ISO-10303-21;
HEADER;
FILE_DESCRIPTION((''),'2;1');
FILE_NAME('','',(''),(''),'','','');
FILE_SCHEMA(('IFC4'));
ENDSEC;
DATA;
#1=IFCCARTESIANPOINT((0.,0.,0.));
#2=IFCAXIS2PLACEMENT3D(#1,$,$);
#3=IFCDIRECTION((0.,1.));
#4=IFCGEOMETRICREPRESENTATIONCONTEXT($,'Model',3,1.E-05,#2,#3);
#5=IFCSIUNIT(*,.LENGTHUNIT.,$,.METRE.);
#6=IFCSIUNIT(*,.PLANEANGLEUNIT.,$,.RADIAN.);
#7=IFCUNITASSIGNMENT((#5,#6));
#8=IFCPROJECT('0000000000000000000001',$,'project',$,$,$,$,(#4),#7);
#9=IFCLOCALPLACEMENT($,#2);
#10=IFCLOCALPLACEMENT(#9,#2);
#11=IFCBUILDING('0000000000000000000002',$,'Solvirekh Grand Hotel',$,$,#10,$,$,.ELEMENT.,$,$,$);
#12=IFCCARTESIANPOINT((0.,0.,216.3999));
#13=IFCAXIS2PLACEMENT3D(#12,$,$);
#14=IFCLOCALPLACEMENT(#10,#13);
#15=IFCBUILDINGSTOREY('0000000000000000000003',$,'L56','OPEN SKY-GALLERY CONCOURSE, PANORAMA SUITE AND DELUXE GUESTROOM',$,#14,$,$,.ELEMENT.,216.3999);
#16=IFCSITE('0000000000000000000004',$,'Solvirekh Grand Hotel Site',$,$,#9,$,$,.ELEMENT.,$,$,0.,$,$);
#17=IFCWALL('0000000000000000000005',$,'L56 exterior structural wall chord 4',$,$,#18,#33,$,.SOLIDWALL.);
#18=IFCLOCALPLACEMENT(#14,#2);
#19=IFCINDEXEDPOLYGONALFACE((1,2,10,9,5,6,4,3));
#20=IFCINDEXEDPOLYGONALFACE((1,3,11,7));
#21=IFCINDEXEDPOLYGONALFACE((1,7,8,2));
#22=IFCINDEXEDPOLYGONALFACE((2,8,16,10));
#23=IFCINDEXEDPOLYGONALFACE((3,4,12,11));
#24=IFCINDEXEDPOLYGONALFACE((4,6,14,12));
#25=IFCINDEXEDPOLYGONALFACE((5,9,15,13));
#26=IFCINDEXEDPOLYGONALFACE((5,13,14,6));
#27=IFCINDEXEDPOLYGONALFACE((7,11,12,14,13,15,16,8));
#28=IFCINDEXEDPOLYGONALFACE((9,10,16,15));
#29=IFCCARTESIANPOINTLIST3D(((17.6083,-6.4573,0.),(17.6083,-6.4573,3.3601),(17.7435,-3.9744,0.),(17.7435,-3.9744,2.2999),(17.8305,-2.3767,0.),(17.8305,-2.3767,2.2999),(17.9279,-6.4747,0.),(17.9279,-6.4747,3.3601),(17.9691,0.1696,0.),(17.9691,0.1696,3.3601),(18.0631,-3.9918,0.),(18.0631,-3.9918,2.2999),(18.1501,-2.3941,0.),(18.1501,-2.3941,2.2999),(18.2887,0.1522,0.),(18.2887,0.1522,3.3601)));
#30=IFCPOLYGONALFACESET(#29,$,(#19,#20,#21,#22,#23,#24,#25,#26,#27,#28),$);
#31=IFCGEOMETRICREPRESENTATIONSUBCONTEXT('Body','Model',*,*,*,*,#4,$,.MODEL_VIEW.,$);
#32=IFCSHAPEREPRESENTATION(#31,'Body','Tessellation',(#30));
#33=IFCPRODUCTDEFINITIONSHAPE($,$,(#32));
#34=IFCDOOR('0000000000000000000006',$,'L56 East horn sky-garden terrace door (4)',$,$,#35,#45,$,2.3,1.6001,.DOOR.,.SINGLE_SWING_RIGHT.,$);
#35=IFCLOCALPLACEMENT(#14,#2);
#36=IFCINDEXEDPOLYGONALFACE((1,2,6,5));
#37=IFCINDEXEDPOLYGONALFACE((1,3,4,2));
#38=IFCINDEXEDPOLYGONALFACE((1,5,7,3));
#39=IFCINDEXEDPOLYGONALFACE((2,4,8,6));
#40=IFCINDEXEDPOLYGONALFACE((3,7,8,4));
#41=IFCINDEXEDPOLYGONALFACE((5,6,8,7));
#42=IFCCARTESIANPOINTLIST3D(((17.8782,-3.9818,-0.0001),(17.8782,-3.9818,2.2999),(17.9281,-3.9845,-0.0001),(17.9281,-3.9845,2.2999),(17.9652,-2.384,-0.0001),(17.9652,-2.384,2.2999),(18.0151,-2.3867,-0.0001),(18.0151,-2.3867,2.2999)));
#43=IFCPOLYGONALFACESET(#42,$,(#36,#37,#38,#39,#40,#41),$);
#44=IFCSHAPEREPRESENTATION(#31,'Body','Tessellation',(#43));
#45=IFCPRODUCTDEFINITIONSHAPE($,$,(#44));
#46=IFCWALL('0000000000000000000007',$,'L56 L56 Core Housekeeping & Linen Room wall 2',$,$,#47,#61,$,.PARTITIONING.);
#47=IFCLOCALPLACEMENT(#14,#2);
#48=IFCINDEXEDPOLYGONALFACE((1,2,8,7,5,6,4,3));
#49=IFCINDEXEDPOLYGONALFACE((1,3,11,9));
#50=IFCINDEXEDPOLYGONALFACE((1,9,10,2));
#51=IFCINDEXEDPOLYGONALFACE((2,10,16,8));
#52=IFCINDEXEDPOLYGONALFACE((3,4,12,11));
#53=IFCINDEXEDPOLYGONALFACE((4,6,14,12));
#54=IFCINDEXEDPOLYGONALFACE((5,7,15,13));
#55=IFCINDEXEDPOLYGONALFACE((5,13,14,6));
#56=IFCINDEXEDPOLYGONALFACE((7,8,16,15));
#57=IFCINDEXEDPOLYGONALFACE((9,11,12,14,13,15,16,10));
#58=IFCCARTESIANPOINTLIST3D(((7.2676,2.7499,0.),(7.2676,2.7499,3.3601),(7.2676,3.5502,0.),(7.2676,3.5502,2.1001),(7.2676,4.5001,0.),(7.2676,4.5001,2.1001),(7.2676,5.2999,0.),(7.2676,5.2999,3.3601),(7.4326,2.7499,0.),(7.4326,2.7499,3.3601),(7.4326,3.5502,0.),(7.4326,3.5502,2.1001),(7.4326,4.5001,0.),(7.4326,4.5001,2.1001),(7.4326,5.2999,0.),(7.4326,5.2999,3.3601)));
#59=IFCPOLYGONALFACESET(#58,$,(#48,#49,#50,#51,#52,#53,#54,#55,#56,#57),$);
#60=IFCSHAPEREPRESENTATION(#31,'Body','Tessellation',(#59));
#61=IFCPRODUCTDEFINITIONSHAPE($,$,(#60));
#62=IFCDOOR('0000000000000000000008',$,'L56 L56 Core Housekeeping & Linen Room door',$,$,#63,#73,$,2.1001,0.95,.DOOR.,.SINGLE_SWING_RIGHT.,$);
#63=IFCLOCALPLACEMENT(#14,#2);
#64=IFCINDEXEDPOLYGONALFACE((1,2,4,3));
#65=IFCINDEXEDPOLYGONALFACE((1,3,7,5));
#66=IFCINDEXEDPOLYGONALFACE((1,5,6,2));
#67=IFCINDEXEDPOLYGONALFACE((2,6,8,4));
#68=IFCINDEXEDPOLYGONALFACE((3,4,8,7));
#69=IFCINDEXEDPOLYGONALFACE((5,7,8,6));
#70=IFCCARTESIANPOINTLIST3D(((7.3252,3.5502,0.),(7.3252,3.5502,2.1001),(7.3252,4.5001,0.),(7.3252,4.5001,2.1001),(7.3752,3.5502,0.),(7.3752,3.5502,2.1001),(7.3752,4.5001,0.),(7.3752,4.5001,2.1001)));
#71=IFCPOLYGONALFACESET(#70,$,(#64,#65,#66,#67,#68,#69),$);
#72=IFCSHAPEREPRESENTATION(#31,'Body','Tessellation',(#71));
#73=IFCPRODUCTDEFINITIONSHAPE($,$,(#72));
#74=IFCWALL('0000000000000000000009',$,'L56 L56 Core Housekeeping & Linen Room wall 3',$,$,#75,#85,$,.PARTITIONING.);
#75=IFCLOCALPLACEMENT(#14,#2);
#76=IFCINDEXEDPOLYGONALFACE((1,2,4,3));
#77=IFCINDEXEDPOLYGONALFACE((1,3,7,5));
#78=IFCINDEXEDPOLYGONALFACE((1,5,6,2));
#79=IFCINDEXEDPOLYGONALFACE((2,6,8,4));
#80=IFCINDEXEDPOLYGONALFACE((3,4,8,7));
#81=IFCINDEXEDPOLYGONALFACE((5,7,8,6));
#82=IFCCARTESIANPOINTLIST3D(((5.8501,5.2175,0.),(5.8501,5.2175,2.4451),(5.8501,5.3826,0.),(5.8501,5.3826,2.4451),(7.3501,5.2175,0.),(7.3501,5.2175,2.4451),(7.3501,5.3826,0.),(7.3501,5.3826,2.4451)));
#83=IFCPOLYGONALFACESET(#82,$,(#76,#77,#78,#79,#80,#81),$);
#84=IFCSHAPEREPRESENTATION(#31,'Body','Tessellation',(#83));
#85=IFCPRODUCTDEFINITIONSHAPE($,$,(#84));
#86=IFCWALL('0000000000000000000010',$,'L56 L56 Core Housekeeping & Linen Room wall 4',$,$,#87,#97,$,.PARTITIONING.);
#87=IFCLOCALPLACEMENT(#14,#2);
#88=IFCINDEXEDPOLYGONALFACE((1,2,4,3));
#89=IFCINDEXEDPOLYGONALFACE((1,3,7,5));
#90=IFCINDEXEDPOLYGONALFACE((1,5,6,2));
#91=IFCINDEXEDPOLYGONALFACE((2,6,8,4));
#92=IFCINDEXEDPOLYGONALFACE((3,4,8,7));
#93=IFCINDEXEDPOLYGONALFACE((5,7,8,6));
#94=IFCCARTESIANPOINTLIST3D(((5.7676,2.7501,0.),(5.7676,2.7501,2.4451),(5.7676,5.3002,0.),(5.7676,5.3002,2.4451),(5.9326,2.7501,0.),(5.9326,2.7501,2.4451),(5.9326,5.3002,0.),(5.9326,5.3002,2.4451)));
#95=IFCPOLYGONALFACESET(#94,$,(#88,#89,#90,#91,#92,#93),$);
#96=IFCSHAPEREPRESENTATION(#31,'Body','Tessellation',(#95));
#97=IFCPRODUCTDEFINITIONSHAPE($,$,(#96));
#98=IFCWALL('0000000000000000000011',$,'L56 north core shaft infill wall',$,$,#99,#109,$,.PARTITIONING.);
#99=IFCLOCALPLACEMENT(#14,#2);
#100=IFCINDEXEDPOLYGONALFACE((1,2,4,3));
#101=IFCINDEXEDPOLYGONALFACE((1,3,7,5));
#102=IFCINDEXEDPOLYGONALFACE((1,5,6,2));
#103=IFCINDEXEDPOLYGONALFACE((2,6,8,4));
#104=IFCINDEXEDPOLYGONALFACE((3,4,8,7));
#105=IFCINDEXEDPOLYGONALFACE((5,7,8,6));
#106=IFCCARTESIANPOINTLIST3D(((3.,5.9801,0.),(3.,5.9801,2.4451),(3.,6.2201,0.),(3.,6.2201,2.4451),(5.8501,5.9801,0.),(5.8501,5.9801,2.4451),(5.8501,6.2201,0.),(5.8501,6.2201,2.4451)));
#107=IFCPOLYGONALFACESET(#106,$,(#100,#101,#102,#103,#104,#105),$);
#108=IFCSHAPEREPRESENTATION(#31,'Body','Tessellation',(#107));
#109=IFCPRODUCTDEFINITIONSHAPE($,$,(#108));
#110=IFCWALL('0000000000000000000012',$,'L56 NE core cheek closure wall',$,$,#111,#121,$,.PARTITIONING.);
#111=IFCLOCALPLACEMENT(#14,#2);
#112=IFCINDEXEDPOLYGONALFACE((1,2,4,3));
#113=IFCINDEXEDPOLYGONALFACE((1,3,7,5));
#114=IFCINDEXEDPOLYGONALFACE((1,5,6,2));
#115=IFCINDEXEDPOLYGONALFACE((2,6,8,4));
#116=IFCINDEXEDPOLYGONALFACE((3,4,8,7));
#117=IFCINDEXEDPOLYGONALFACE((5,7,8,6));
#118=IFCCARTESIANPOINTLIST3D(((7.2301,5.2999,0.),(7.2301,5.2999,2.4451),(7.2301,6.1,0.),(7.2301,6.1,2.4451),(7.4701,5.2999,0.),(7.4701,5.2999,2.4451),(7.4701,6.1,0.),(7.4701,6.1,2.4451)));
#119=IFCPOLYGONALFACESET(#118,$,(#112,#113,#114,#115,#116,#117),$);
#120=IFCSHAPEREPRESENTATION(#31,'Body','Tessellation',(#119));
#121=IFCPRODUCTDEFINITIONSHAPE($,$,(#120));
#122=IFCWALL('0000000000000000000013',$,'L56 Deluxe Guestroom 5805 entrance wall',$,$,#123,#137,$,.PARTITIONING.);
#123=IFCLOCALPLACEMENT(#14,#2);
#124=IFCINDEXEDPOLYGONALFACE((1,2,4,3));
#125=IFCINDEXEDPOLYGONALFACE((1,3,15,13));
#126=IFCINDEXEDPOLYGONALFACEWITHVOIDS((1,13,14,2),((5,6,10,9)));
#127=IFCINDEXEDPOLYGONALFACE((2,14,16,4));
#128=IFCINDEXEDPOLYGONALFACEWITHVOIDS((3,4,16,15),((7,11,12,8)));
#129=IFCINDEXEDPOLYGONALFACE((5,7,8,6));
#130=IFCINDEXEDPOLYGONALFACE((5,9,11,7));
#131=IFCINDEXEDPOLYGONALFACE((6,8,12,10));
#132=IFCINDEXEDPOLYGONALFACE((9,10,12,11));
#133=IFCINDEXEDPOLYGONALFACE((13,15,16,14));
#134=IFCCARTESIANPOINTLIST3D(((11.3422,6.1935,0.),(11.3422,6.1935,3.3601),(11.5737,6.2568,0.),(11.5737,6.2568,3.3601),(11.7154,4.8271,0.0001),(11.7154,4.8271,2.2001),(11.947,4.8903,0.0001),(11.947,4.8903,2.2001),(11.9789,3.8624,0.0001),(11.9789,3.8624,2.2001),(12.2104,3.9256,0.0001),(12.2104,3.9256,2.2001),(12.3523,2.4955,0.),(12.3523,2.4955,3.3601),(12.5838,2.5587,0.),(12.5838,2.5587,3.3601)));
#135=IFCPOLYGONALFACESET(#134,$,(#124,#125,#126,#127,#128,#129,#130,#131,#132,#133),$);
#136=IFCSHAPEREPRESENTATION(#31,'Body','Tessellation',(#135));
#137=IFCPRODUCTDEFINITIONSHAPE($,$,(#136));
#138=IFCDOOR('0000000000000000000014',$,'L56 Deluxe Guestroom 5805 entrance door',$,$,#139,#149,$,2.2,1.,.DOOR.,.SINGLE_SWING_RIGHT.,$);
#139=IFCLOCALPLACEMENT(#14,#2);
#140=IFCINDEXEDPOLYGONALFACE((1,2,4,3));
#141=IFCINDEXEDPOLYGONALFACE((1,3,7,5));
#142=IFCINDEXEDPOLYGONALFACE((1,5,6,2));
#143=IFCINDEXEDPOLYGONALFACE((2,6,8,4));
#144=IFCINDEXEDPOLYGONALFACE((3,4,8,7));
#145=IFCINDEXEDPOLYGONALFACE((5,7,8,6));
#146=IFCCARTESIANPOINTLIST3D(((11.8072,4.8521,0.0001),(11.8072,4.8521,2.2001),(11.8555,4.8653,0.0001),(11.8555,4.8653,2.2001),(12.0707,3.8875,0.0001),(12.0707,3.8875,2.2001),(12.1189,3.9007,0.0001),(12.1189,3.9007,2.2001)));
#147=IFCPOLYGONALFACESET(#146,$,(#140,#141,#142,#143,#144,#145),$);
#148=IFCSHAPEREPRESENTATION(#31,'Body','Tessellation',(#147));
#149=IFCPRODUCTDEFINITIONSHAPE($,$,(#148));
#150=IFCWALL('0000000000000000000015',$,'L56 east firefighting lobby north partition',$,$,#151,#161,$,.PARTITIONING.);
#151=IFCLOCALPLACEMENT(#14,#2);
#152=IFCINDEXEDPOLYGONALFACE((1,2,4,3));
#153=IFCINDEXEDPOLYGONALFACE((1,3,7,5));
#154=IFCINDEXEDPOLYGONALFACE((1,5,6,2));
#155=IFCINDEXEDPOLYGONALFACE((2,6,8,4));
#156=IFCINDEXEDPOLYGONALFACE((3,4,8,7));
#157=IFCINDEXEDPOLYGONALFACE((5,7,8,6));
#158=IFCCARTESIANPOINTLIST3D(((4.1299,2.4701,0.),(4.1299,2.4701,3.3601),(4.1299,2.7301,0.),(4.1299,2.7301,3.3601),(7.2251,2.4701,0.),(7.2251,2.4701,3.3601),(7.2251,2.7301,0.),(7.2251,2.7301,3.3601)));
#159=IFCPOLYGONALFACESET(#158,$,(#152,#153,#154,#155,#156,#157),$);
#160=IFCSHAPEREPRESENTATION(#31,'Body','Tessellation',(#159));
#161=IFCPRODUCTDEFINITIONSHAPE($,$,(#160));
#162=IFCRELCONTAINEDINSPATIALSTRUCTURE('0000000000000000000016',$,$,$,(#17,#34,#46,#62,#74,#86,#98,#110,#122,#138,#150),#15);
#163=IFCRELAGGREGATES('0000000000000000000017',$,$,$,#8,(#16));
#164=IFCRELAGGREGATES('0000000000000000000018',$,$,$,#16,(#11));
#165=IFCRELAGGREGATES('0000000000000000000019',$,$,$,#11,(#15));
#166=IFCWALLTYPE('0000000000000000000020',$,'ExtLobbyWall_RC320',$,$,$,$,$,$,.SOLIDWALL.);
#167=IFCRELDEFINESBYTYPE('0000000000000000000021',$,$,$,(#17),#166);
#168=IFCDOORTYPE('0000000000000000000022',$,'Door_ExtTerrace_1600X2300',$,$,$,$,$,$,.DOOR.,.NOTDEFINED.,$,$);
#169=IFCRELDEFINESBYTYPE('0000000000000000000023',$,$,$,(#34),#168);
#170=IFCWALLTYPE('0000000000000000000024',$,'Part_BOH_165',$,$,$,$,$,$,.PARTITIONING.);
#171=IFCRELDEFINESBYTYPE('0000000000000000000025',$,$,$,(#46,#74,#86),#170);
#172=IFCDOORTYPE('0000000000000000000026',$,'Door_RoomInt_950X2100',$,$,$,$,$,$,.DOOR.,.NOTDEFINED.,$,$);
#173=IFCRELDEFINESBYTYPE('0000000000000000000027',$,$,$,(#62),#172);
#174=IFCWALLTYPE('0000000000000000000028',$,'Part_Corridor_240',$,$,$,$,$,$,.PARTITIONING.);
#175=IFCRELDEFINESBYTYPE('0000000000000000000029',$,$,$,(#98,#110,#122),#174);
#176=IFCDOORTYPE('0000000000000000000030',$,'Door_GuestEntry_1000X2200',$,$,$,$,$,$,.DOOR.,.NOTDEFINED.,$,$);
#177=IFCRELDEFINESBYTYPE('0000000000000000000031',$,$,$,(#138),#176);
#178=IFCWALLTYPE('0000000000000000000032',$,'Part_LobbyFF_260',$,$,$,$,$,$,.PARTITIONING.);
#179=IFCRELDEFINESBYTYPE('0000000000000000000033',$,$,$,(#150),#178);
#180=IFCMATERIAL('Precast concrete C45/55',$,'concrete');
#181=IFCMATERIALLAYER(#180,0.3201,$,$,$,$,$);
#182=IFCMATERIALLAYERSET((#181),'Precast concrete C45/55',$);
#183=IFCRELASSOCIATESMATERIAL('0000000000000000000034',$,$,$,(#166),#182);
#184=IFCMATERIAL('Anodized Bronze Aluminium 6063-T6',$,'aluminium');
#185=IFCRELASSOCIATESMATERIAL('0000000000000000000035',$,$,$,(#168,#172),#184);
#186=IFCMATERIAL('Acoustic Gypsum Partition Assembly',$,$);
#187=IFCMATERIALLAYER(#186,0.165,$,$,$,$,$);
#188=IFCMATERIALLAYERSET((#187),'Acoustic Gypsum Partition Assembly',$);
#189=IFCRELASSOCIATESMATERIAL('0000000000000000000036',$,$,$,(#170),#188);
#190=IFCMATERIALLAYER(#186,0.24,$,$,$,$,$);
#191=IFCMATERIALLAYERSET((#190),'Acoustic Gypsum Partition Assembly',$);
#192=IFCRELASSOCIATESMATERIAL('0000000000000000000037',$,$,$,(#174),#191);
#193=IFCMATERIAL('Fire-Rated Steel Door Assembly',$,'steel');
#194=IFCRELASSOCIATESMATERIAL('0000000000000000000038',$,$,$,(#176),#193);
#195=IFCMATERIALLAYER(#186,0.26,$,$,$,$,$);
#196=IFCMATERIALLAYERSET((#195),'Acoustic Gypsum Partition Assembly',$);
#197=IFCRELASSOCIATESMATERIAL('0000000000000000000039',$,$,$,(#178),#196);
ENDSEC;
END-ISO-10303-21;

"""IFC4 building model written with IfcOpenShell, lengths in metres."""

from ifc_helpers import new_model, si_unit, direction, frame, frame_2d, origin, place, context, subcontext, project, spatial, rectangle, extrude, material, layer, layer_set, type_object, element, fill, save


model = new_model("IFC4")

# Units and contexts
model_context = context("Model", 3, precision=1e-05, world=origin(), true_north=direction((0.0, 1.0)))
body_context = subcontext(model_context, "Body", "Model", "MODEL_VIEW")
ifc_project = project(units=[si_unit("LENGTHUNIT", "METRE"), si_unit("PLANEANGLEUNIT", "RADIAN")], contexts=[model_context])

# Site, building, storey
site_placement = place(None, origin())
site = spatial("IfcSite", under=ifc_project, at=site_placement, Name="Solvirekh Grand Hotel Site", CompositionType="ELEMENT", RefElevation=0.0)
building_placement = place(site_placement, origin())
building = spatial("IfcBuilding", under=site, at=building_placement, Name="Solvirekh Grand Hotel", CompositionType="ELEMENT")
storey_placement = place(building_placement, frame((0.0, 0.0, 216.3999)))
storey = spatial("IfcBuildingStorey", under=building, at=storey_placement, Name="L56", Description="OPEN SKY-GALLERY CONCOURSE, PANORAMA SUITE AND DELUXE GUESTROOM", CompositionType="ELEMENT", Elevation=216.3999)

# Shared definitions
ifc_material_1 = material(Name="Fire-Rated Steel Door Assembly", Category="steel")

# Walls, openings, doors
ifc_material_2 = material(Name="Precast concrete C45/55", Category="concrete")
ifc_layer_1 = layer(ifc_material_2, 0.3201)
ifc_layer_set_1 = layer_set([ifc_layer_1], Name="Precast concrete C45/55")
wall_type_1 = type_object("IfcWallType", Name="ExtLobbyWall_RC320", PredefinedType="SOLIDWALL", material=ifc_layer_set_1)
wall_1_placement = place(storey_placement, frame((18.1289, 0.1609, 0.0), z_axis=(0.0, 0.0, 1.0), x_axis=(-0.05437, -0.998521, 0.0)))
wall_1 = element("IfcWall", 1, at=wall_1_placement, inside=storey, type_object=wall_type_1, Name="L56 exterior structural wall chord 4", PredefinedType="SOLIDWALL", context=body_context, shape_type="SweptSolid", body=[
    extrude(rectangle(XDim=6.6367, YDim=0.3201, at=frame_2d((3.3184, 0.0))), origin(), (0.0, 0.0, 1.0), 3.3601),
])
opening_1_placement = place(wall_1_placement, frame((2.55, 0.0, 0.0)))
opening_1 = element("IfcOpeningElement", 2, at=opening_1_placement, cuts=wall_1, PredefinedType="OPENING", context=body_context, shape_type="SweptSolid", body=[
    extrude(rectangle(XDim=1.6001, YDim=2.3, at=frame_2d((0.8, 1.1499))), frame((0.0, 0.1699, 0.0), z_axis=(0.0, -1.0, 0.0), x_axis=(1.0, 0.0, 0.0)), (0.0, 0.0, 1.0), 0.3401),
])
ifc_material_3 = material(Name="Anodized Bronze Aluminium 6063-T6", Category="aluminium")
door_type_1 = type_object("IfcDoorType", Name="Door_ExtTerrace_1600X2300", OperationType="NOTDEFINED", PredefinedType="DOOR", material=ifc_material_3)
door_1_placement = place(opening_1_placement, origin())
door_1 = element("IfcDoor", 3, at=door_1_placement, inside=storey, type_object=door_type_1, Name="L56 East horn sky-garden terrace door (4)", OperationType="SINGLE_SWING_RIGHT", OverallHeight=2.3, OverallWidth=1.6001, PredefinedType="DOOR", context=body_context, shape_type="SweptSolid", body=[
    extrude(rectangle(XDim=1.6001, YDim=2.3, at=frame_2d((0.8, 1.1499))), frame((0.0, 0.0249, 0.0), z_axis=(0.0, -1.0, 0.0), x_axis=(1.0, 0.0, 0.0)), (0.0, 0.0, 1.0), 0.05),
])
fill(opening_1, door_1)
ifc_material_4 = material(Name="Acoustic Gypsum Partition Assembly")
ifc_layer_2 = layer(ifc_material_4, 0.165)
ifc_layer_set_2 = layer_set([ifc_layer_2], Name="Acoustic Gypsum Partition Assembly")
wall_type_2 = type_object("IfcWallType", Name="Part_BOH_165", PredefinedType="PARTITIONING", material=ifc_layer_set_2)
wall_2_placement = place(storey_placement, frame((7.3501, 2.75, 0.0), z_axis=(0.0, 0.0, 1.0), x_axis=(0.0, 1.0, 0.0)))
wall_2 = element("IfcWall", 4, at=wall_2_placement, inside=storey, type_object=wall_type_2, Name="L56 L56 Core Housekeeping & Linen Room wall 2", PredefinedType="PARTITIONING", context=body_context, shape_type="SweptSolid", body=[
    extrude(rectangle(XDim=2.55, YDim=0.165, at=frame_2d((1.2749, 0.0))), origin(), (0.0, 0.0, 1.0), 3.3601),
])
opening_2_placement = place(wall_2_placement, frame((0.8, 0.0, 0.0)))
opening_2 = element("IfcOpeningElement", 5, at=opening_2_placement, cuts=wall_2, PredefinedType="OPENING", context=body_context, shape_type="SweptSolid", body=[
    extrude(rectangle(XDim=0.95, YDim=2.1001, at=frame_2d((0.4751, 1.05))), frame((0.0, 0.0925, 0.0), z_axis=(0.0, -1.0, 0.0), x_axis=(1.0, 0.0, 0.0)), (0.0, 0.0, 1.0), 0.1851),
])
door_type_2 = type_object("IfcDoorType", Name="Door_RoomInt_950X2100", OperationType="NOTDEFINED", PredefinedType="DOOR", material=ifc_material_3)
door_2_placement = place(opening_2_placement, origin())
door_2 = element("IfcDoor", 6, at=door_2_placement, inside=storey, type_object=door_type_2, Name="L56 L56 Core Housekeeping & Linen Room door", OperationType="SINGLE_SWING_RIGHT", OverallHeight=2.1001, OverallWidth=0.95, PredefinedType="DOOR", context=body_context, shape_type="SweptSolid", body=[
    extrude(rectangle(XDim=0.95, YDim=2.1001, at=frame_2d((0.4751, 1.05))), frame((0.0, 0.0249, 0.0), z_axis=(0.0, -1.0, 0.0), x_axis=(1.0, 0.0, 0.0)), (0.0, 0.0, 1.0), 0.05),
])
fill(opening_2, door_2)

# Walls
wall_3_placement = place(storey_placement, frame((7.3501, 5.3, 0.0), z_axis=(0.0, 0.0, 1.0), x_axis=(-1.0, 0.0, 0.0)))
element("IfcWall", 7, at=wall_3_placement, inside=storey, type_object=wall_type_2, Name="L56 L56 Core Housekeeping & Linen Room wall 3", PredefinedType="PARTITIONING", context=body_context, shape_type="SweptSolid", body=[
    extrude(rectangle(XDim=1.5, YDim=0.165, at=frame_2d((0.75, 0.0))), origin(), (0.0, 0.0, 1.0), 2.4451),
])
wall_4_placement = place(storey_placement, frame((5.8501, 5.3, 0.0), z_axis=(0.0, 0.0, 1.0), x_axis=(0.0, -1.0, 0.0)))
element("IfcWall", 8, at=wall_4_placement, inside=storey, type_object=wall_type_2, Name="L56 L56 Core Housekeeping & Linen Room wall 4", PredefinedType="PARTITIONING", context=body_context, shape_type="SweptSolid", body=[
    extrude(rectangle(XDim=2.55, YDim=0.165, at=frame_2d((1.2749, 0.0))), origin(), (0.0, 0.0, 1.0), 2.4451),
])
ifc_layer_3 = layer(ifc_material_4, 0.24)
ifc_layer_set_3 = layer_set([ifc_layer_3], Name="Acoustic Gypsum Partition Assembly")
wall_type_3 = type_object("IfcWallType", Name="Part_Corridor_240", PredefinedType="PARTITIONING", material=ifc_layer_set_3)
wall_5_placement = place(storey_placement, frame((3.0, 6.1001, 0.0), z_axis=(0.0, 0.0, 1.0), x_axis=(1.0, 0.0, 0.0)))
element("IfcWall", 9, at=wall_5_placement, inside=storey, type_object=wall_type_3, Name="L56 north core shaft infill wall", PredefinedType="PARTITIONING", context=body_context, shape_type="SweptSolid", body=[
    extrude(rectangle(XDim=2.8501, YDim=0.24, at=frame_2d((1.425, 0.0))), origin(), (0.0, 0.0, 1.0), 2.4451),
])
wall_6_placement = place(storey_placement, frame((7.3501, 5.3, 0.0), z_axis=(0.0, 0.0, 1.0), x_axis=(0.0, 1.0, 0.0)))
element("IfcWall", 10, at=wall_6_placement, inside=storey, type_object=wall_type_3, Name="L56 NE core cheek closure wall", PredefinedType="PARTITIONING", context=body_context, shape_type="SweptSolid", body=[
    extrude(rectangle(XDim=0.8, YDim=0.24, at=frame_2d((0.3999, 0.0))), origin(), (0.0, 0.0, 1.0), 2.4451),
])

# Wall, opening, door
wall_7_placement = place(storey_placement, frame((12.468, 2.5271, 0.0), z_axis=(0.0, 0.0, 1.0), x_axis=(-0.263473, 0.964667, 0.0)))
wall_7 = element("IfcWall", 11, at=wall_7_placement, inside=storey, type_object=wall_type_3, Name="L56 Deluxe Guestroom 5805 entrance wall", PredefinedType="PARTITIONING", context=body_context, shape_type="SweptSolid", body=[
    extrude(rectangle(XDim=3.8335, YDim=0.24, at=frame_2d((1.9167, 0.0))), origin(), (0.0, 0.0, 1.0), 3.3601),
])
opening_3_placement = place(wall_7_placement, frame((1.417, 0.0, 0.0)))
opening_3 = element("IfcOpeningElement", 12, at=opening_3_placement, cuts=wall_7, PredefinedType="OPENING", context=body_context, shape_type="SweptSolid", body=[
    extrude(rectangle(XDim=1.0, YDim=2.2, at=frame_2d((0.5, 1.1001))), frame((0.0, 0.1299, 0.0), z_axis=(0.0, -1.0, 0.0), x_axis=(1.0, 0.0, 0.0)), (0.0, 0.0, 1.0), 0.26),
])
door_type_3 = type_object("IfcDoorType", Name="Door_GuestEntry_1000X2200", OperationType="NOTDEFINED", PredefinedType="DOOR", material=ifc_material_1)
door_3_placement = place(opening_3_placement, origin())
door_3 = element("IfcDoor", 13, at=door_3_placement, inside=storey, type_object=door_type_3, Name="L56 Deluxe Guestroom 5805 entrance door", OperationType="SINGLE_SWING_RIGHT", OverallHeight=2.2, OverallWidth=1.0, PredefinedType="DOOR", context=body_context, shape_type="SweptSolid", body=[
    extrude(rectangle(XDim=1.0, YDim=2.2, at=frame_2d((0.5, 1.1001))), frame((0.0, 0.0249, 0.0), z_axis=(0.0, -1.0, 0.0), x_axis=(1.0, 0.0, 0.0)), (0.0, 0.0, 1.0), 0.05),
])
fill(opening_3, door_3)

# Wall
ifc_layer_4 = layer(ifc_material_4, 0.26)
ifc_layer_set_4 = layer_set([ifc_layer_4], Name="Acoustic Gypsum Partition Assembly")
wall_type_4 = type_object("IfcWallType", Name="Part_LobbyFF_260", PredefinedType="PARTITIONING", material=ifc_layer_set_4)
wall_8_placement = place(storey_placement, frame((4.1299, 2.6001, 0.0), z_axis=(0.0, 0.0, 1.0), x_axis=(1.0, 0.0, 0.0)))
element("IfcWall", 14, at=wall_8_placement, inside=storey, type_object=wall_type_4, Name="L56 east firefighting lobby north partition", PredefinedType="PARTITIONING", context=body_context, shape_type="SweptSolid", body=[
    extrude(rectangle(XDim=3.0952, YDim=0.26, at=frame_2d((1.5476, 0.0))), origin(), (0.0, 0.0, 1.0), 3.3601),
])

save(model, "model.ifc")
